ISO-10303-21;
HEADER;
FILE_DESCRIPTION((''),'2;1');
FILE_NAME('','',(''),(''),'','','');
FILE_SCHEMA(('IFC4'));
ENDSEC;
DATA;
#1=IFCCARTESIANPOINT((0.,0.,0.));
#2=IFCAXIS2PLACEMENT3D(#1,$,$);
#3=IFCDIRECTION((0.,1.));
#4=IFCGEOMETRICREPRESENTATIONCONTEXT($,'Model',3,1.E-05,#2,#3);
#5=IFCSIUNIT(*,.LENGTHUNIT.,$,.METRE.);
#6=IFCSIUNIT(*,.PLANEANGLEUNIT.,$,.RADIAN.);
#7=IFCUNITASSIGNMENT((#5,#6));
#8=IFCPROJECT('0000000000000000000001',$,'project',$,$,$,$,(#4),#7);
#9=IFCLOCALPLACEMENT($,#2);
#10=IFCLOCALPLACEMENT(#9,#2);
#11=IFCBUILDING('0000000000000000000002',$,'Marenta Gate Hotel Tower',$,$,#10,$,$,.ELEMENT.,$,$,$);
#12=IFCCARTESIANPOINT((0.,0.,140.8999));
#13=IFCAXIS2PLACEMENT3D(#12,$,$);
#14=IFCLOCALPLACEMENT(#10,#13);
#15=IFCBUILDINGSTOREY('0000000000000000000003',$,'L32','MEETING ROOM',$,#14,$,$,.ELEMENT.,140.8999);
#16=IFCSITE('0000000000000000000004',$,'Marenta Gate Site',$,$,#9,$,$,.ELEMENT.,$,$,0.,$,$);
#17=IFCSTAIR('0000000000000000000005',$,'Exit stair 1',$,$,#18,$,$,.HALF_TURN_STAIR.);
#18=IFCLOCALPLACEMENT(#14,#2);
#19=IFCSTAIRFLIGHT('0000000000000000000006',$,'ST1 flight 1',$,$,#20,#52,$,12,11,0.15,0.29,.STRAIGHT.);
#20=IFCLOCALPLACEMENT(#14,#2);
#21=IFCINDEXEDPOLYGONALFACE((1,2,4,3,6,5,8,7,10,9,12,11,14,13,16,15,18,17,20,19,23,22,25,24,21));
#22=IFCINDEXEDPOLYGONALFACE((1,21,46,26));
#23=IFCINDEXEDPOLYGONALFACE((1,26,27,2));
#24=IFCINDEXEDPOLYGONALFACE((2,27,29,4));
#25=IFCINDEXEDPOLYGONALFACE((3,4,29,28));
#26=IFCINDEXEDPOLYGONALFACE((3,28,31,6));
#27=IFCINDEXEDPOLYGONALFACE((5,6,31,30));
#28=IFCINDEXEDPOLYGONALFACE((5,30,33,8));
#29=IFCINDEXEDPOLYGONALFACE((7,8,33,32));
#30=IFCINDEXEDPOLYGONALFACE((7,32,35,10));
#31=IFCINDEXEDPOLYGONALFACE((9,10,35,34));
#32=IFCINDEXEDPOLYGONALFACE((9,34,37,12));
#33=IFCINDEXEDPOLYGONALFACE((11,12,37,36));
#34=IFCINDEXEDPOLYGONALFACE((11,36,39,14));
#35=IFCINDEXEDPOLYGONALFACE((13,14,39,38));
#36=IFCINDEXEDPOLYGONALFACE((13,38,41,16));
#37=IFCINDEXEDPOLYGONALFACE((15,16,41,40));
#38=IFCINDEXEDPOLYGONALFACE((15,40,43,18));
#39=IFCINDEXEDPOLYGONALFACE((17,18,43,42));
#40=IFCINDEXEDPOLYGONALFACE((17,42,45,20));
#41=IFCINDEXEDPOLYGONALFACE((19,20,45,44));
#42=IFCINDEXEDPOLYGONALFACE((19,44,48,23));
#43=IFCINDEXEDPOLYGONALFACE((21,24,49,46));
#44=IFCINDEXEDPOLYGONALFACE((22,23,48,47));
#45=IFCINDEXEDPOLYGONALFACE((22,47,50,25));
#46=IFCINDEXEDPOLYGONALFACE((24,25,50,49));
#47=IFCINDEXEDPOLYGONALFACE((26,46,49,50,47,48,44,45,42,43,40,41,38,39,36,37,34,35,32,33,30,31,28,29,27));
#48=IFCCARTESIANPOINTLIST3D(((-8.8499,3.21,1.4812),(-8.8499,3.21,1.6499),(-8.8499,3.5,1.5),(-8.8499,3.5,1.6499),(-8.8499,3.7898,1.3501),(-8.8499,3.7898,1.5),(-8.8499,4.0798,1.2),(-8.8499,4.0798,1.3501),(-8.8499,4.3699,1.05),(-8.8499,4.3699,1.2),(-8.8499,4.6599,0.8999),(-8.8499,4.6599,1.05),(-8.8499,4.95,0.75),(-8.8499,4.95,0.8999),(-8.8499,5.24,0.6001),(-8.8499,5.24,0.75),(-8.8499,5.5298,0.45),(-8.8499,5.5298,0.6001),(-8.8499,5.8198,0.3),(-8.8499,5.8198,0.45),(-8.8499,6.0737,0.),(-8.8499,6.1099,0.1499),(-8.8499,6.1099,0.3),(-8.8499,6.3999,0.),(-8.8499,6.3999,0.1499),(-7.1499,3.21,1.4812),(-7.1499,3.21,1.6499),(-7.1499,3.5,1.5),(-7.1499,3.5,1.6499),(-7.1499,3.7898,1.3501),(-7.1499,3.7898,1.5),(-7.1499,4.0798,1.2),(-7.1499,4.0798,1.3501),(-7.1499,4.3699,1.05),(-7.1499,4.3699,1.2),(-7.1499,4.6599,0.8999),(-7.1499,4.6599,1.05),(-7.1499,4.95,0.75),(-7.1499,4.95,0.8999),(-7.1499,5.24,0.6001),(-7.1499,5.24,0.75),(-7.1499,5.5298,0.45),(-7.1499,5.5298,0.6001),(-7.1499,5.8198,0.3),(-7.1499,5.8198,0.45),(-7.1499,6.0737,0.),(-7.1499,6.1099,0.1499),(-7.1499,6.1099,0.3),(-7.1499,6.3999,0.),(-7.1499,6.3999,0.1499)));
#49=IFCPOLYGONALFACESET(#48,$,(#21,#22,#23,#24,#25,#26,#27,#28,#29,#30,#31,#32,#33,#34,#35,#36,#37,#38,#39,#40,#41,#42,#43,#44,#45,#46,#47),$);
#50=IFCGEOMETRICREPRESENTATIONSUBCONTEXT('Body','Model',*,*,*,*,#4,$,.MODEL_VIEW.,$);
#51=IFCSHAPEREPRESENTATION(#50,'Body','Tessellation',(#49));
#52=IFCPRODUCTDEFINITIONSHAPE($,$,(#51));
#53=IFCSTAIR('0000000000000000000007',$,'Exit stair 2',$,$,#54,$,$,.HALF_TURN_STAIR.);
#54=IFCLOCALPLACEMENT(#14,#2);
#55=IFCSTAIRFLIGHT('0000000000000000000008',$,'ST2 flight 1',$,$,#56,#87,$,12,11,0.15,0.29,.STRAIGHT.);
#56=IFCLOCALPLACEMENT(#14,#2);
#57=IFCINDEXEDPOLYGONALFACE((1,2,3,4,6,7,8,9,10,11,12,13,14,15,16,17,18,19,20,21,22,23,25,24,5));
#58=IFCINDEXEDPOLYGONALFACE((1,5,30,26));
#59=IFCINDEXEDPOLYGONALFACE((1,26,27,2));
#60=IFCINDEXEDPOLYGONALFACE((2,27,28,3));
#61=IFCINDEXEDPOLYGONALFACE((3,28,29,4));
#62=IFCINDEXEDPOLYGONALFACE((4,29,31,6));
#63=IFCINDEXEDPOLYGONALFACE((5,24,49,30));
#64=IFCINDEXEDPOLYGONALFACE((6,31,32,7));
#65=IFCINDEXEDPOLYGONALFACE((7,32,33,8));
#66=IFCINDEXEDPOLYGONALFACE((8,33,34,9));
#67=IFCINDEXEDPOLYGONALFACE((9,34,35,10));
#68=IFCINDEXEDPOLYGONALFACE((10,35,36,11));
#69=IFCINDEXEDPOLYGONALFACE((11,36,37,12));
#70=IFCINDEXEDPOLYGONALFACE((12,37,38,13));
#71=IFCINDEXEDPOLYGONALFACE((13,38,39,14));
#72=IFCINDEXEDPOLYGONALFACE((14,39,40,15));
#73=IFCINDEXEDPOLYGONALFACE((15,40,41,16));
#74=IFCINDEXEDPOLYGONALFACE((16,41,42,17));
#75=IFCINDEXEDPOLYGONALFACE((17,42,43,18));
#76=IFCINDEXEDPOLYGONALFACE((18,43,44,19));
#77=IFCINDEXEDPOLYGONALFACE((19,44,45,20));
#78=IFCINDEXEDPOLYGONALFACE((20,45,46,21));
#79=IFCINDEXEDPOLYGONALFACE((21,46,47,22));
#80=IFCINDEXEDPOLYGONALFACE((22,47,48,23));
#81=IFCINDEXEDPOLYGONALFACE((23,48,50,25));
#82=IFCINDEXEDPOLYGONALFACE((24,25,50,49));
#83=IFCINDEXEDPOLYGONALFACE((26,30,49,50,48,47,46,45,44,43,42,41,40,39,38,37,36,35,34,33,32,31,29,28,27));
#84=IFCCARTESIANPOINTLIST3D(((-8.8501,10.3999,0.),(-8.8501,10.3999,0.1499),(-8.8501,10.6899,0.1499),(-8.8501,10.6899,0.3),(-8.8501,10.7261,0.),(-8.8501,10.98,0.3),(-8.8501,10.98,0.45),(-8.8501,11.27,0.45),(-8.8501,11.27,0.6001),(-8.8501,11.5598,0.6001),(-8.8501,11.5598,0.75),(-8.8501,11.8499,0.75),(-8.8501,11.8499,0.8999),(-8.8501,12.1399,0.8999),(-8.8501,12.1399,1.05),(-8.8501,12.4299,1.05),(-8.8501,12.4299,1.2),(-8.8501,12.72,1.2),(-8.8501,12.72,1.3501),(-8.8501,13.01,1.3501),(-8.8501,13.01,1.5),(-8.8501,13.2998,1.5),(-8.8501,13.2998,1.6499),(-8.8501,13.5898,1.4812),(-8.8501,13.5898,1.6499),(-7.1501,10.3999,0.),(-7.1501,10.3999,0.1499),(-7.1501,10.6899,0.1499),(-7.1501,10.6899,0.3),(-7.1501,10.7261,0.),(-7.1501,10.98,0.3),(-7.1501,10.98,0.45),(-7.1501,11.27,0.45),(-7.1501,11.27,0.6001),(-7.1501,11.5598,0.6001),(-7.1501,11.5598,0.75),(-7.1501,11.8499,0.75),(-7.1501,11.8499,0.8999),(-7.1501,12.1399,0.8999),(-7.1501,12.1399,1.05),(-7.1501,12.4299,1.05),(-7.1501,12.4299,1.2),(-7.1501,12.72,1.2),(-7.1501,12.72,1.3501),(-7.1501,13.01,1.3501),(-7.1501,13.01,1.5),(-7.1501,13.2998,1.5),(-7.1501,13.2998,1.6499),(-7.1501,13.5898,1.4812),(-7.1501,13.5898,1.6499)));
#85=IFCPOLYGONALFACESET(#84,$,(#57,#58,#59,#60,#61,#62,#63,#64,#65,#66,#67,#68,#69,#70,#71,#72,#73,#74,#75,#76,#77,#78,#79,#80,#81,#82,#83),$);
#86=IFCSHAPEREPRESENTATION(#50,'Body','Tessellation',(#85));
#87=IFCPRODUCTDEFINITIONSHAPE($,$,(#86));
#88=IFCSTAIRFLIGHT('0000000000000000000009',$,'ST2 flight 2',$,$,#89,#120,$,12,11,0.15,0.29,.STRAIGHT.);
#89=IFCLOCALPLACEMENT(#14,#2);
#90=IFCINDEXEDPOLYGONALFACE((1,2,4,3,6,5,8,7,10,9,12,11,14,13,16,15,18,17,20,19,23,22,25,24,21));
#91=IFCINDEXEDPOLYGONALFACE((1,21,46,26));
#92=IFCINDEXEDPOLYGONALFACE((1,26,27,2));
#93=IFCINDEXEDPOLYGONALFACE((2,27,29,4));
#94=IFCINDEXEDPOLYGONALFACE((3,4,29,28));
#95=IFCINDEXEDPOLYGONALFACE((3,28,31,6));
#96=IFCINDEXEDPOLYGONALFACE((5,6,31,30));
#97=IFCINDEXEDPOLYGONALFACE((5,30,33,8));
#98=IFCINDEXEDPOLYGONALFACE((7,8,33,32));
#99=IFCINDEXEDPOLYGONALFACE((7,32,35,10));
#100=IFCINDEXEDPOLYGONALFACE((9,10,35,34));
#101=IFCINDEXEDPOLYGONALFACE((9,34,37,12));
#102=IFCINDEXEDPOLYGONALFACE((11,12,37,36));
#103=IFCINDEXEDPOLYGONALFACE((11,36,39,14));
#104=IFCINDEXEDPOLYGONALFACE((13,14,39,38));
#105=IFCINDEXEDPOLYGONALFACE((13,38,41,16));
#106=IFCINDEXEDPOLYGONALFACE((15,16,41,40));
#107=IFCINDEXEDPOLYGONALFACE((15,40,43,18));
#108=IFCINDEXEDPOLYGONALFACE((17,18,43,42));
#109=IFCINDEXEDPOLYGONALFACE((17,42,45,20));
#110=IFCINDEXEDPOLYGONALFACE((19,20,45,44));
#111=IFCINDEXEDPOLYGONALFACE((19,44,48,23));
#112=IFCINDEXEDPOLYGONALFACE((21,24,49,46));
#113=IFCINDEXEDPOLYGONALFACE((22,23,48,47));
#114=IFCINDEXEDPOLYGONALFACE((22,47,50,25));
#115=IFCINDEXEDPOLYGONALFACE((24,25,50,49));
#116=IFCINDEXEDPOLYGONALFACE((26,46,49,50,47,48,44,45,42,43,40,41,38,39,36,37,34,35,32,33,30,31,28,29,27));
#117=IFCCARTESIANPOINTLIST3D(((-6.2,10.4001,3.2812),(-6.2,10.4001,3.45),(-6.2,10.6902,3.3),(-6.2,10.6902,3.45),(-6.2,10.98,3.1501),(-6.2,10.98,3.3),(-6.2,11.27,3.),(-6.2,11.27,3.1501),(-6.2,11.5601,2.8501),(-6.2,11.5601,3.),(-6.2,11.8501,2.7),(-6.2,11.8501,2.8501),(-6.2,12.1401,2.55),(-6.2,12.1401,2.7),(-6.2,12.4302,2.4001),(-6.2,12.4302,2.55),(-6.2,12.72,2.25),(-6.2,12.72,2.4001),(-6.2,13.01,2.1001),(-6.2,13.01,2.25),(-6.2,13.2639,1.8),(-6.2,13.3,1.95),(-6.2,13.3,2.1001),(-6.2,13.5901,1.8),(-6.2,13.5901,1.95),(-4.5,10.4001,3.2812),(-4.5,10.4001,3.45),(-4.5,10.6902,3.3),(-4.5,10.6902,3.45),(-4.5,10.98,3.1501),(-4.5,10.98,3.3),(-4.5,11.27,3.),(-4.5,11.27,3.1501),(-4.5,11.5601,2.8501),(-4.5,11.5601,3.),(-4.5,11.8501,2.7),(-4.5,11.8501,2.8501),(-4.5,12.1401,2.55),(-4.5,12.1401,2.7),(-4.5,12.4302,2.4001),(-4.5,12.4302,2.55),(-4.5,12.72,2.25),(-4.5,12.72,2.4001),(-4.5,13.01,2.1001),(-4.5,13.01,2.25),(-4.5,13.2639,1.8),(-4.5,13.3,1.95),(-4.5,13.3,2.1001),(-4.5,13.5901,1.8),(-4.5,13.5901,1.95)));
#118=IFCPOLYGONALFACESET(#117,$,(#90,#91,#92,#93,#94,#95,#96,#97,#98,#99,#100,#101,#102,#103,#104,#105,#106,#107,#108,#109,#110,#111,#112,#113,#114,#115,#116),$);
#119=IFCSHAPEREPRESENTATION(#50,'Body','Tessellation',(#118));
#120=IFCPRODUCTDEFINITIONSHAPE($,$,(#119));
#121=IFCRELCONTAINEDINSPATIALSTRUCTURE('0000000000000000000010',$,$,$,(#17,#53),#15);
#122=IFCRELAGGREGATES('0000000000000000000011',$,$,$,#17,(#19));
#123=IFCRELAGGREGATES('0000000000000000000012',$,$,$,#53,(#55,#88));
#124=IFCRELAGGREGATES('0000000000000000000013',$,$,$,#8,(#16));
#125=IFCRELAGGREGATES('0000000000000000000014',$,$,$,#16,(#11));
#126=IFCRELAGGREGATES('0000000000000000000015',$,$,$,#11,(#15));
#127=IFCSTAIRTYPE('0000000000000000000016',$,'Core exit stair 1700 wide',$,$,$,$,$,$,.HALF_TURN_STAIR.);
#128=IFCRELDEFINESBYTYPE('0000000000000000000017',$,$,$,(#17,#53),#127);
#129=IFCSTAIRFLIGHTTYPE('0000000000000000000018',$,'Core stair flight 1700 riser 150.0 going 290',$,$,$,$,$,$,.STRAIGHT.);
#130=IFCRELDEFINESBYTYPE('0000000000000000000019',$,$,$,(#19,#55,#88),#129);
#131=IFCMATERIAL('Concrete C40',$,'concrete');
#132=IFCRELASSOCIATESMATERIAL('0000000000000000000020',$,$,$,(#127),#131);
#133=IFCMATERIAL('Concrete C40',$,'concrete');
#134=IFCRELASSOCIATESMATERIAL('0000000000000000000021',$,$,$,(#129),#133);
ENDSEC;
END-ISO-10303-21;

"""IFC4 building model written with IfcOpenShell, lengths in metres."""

from ifc_helpers import new_model, si_unit, direction, frame, origin, place, context, subcontext, project, spatial, polyline, outline, extrude, material, type_object, element, aggregate, save


model = new_model("IFC4")

# Units and contexts
model_context = context("Model", 3, precision=1e-05, world=origin(), true_north=direction((0.0, 1.0)))
body_context = subcontext(model_context, "Body", "Model", "MODEL_VIEW")
ifc_project = project(units=[si_unit("LENGTHUNIT", "METRE"), si_unit("PLANEANGLEUNIT", "RADIAN")], contexts=[model_context])

# Site, building, storey
site_placement = place(None, origin())
site = spatial("IfcSite", under=ifc_project, at=site_placement, Name="Marenta Gate Site", CompositionType="ELEMENT", RefElevation=0.0)
building_placement = place(site_placement, origin())
building = spatial("IfcBuilding", under=site, at=building_placement, Name="Marenta Gate Hotel Tower", CompositionType="ELEMENT")
storey_placement = place(building_placement, frame((0.0, 0.0, 140.8999)))
storey = spatial("IfcBuildingStorey", under=building, at=storey_placement, Name="L32", Description="MEETING ROOM", CompositionType="ELEMENT", Elevation=140.8999)

# Stair, stair flight
ifc_material_1 = material(Name="Concrete C40", Category="concrete")
stair_type = type_object("IfcStairType", Name="Core exit stair 1700 wide", PredefinedType="HALF_TURN_STAIR", material=ifc_material_1)
stair_1_placement = place(storey_placement, origin())
stair_1 = element("IfcStair", 1, at=stair_1_placement, inside=storey, type_object=stair_type, Name="Exit stair 1", PredefinedType="HALF_TURN_STAIR")
ifc_material_2 = material(Name="Concrete C40", Category="concrete")
stair_flight_type = type_object("IfcStairFlightType", Name="Core stair flight 1700 riser 150.0 going 290", PredefinedType="STRAIGHT", material=ifc_material_2)
stair_flight_1_placement = place(storey_placement, frame((-8.0, 6.3999, 0.0), z_axis=(0.0, 0.0, 1.0), x_axis=(0.0, -1.0, 0.0)))
stair_flight_1 = element("IfcStairFlight", 2, at=stair_flight_1_placement, type_object=stair_flight_type, Name="ST1 flight 1", NumberOfRisers=12, NumberOfTreads=11, PredefinedType="STRAIGHT", RiserHeight=0.15, TreadLength=0.29, context=body_context, shape_type="SweptSolid", body=[
    extrude(outline(polyline([(0.0, 0.0), (0.0, 0.1499), (0.29, 0.1499), (0.29, 0.3), (0.5801, 0.3), (0.5801, 0.45), (0.8701, 0.45), (0.8701, 0.6001), (1.1599, 0.6001), (1.1599, 0.75), (1.45, 0.75), (1.45, 0.8999), (1.74, 0.8999), (1.74, 1.05), (2.03, 1.05), (2.03, 1.2), (2.3201, 1.2), (2.3201, 1.3501), (2.6101, 1.3501), (2.6101, 1.5), (2.8999, 1.5), (2.8999, 1.6499), (3.1899, 1.6499), (3.1899, 1.8), (3.1899, 1.4812), (0.3262, 0.0), (0.0, 0.0)])), frame((0.0, 0.8501, 0.0), z_axis=(0.0, -1.0, 0.0), x_axis=(1.0, 0.0, 0.0)), (0.0, 0.0, 1.0), 1.7),
])
aggregate(stair_1, [stair_flight_1])

# Stair, stair flights
stair_2_placement = place(storey_placement, origin())
stair_2 = element("IfcStair", 3, at=stair_2_placement, inside=storey, type_object=stair_type, Name="Exit stair 2", PredefinedType="HALF_TURN_STAIR")
stair_flight_2_placement = place(storey_placement, frame((-8.0, 10.3999, 0.0), z_axis=(0.0, 0.0, 1.0), x_axis=(0.0, 1.0, 0.0)))
stair_flight_2 = element("IfcStairFlight", 4, at=stair_flight_2_placement, type_object=stair_flight_type, Name="ST2 flight 1", NumberOfRisers=12, NumberOfTreads=11, PredefinedType="STRAIGHT", RiserHeight=0.15, TreadLength=0.29, context=body_context, shape_type="SweptSolid", body=[
    extrude(outline(polyline([(0.0, 0.0), (0.0, 0.1499), (0.29, 0.1499), (0.29, 0.3), (0.5801, 0.3), (0.5801, 0.45), (0.8701, 0.45), (0.8701, 0.6001), (1.1599, 0.6001), (1.1599, 0.75), (1.45, 0.75), (1.45, 0.8999), (1.74, 0.8999), (1.74, 1.05), (2.03, 1.05), (2.03, 1.2), (2.3201, 1.2), (2.3201, 1.3501), (2.6101, 1.3501), (2.6101, 1.5), (2.8999, 1.5), (2.8999, 1.6499), (3.1899, 1.6499), (3.1899, 1.8), (3.1899, 1.4812), (0.3262, 0.0), (0.0, 0.0)])), frame((0.0, 0.8501, 0.0), z_axis=(0.0, -1.0, 0.0), x_axis=(1.0, 0.0, 0.0)), (0.0, 0.0, 1.0), 1.7),
])
stair_flight_3_placement = place(storey_placement, frame((-5.3501, 13.5901, 1.8), z_axis=(0.0, 0.0, 1.0), x_axis=(0.0, -1.0, 0.0)))
stair_flight_3 = element("IfcStairFlight", 5, at=stair_flight_3_placement, type_object=stair_flight_type, Name="ST2 flight 2", NumberOfRisers=12, NumberOfTreads=11, PredefinedType="STRAIGHT", RiserHeight=0.15, TreadLength=0.29, context=body_context, shape_type="SweptSolid", body=[
    extrude(outline(polyline([(0.0, 0.0), (0.0, 0.1499), (0.29, 0.1499), (0.29, 0.3), (0.5801, 0.3), (0.5801, 0.45), (0.8701, 0.45), (0.8701, 0.6001), (1.1599, 0.6001), (1.1599, 0.75), (1.45, 0.75), (1.45, 0.8999), (1.74, 0.8999), (1.74, 1.05), (2.03, 1.05), (2.03, 1.2), (2.3201, 1.2), (2.3201, 1.3501), (2.6101, 1.3501), (2.6101, 1.5), (2.8999, 1.5), (2.8999, 1.6499), (3.1899, 1.6499), (3.1899, 1.8), (3.1899, 1.4812), (0.3262, 0.0), (0.0, 0.0)])), frame((0.0, 0.8501, 0.0), z_axis=(0.0, -1.0, 0.0), x_axis=(1.0, 0.0, 0.0)), (0.0, 0.0, 1.0), 1.7),
])
aggregate(stair_2, [stair_flight_2, stair_flight_3])

save(model, "model.ifc")
